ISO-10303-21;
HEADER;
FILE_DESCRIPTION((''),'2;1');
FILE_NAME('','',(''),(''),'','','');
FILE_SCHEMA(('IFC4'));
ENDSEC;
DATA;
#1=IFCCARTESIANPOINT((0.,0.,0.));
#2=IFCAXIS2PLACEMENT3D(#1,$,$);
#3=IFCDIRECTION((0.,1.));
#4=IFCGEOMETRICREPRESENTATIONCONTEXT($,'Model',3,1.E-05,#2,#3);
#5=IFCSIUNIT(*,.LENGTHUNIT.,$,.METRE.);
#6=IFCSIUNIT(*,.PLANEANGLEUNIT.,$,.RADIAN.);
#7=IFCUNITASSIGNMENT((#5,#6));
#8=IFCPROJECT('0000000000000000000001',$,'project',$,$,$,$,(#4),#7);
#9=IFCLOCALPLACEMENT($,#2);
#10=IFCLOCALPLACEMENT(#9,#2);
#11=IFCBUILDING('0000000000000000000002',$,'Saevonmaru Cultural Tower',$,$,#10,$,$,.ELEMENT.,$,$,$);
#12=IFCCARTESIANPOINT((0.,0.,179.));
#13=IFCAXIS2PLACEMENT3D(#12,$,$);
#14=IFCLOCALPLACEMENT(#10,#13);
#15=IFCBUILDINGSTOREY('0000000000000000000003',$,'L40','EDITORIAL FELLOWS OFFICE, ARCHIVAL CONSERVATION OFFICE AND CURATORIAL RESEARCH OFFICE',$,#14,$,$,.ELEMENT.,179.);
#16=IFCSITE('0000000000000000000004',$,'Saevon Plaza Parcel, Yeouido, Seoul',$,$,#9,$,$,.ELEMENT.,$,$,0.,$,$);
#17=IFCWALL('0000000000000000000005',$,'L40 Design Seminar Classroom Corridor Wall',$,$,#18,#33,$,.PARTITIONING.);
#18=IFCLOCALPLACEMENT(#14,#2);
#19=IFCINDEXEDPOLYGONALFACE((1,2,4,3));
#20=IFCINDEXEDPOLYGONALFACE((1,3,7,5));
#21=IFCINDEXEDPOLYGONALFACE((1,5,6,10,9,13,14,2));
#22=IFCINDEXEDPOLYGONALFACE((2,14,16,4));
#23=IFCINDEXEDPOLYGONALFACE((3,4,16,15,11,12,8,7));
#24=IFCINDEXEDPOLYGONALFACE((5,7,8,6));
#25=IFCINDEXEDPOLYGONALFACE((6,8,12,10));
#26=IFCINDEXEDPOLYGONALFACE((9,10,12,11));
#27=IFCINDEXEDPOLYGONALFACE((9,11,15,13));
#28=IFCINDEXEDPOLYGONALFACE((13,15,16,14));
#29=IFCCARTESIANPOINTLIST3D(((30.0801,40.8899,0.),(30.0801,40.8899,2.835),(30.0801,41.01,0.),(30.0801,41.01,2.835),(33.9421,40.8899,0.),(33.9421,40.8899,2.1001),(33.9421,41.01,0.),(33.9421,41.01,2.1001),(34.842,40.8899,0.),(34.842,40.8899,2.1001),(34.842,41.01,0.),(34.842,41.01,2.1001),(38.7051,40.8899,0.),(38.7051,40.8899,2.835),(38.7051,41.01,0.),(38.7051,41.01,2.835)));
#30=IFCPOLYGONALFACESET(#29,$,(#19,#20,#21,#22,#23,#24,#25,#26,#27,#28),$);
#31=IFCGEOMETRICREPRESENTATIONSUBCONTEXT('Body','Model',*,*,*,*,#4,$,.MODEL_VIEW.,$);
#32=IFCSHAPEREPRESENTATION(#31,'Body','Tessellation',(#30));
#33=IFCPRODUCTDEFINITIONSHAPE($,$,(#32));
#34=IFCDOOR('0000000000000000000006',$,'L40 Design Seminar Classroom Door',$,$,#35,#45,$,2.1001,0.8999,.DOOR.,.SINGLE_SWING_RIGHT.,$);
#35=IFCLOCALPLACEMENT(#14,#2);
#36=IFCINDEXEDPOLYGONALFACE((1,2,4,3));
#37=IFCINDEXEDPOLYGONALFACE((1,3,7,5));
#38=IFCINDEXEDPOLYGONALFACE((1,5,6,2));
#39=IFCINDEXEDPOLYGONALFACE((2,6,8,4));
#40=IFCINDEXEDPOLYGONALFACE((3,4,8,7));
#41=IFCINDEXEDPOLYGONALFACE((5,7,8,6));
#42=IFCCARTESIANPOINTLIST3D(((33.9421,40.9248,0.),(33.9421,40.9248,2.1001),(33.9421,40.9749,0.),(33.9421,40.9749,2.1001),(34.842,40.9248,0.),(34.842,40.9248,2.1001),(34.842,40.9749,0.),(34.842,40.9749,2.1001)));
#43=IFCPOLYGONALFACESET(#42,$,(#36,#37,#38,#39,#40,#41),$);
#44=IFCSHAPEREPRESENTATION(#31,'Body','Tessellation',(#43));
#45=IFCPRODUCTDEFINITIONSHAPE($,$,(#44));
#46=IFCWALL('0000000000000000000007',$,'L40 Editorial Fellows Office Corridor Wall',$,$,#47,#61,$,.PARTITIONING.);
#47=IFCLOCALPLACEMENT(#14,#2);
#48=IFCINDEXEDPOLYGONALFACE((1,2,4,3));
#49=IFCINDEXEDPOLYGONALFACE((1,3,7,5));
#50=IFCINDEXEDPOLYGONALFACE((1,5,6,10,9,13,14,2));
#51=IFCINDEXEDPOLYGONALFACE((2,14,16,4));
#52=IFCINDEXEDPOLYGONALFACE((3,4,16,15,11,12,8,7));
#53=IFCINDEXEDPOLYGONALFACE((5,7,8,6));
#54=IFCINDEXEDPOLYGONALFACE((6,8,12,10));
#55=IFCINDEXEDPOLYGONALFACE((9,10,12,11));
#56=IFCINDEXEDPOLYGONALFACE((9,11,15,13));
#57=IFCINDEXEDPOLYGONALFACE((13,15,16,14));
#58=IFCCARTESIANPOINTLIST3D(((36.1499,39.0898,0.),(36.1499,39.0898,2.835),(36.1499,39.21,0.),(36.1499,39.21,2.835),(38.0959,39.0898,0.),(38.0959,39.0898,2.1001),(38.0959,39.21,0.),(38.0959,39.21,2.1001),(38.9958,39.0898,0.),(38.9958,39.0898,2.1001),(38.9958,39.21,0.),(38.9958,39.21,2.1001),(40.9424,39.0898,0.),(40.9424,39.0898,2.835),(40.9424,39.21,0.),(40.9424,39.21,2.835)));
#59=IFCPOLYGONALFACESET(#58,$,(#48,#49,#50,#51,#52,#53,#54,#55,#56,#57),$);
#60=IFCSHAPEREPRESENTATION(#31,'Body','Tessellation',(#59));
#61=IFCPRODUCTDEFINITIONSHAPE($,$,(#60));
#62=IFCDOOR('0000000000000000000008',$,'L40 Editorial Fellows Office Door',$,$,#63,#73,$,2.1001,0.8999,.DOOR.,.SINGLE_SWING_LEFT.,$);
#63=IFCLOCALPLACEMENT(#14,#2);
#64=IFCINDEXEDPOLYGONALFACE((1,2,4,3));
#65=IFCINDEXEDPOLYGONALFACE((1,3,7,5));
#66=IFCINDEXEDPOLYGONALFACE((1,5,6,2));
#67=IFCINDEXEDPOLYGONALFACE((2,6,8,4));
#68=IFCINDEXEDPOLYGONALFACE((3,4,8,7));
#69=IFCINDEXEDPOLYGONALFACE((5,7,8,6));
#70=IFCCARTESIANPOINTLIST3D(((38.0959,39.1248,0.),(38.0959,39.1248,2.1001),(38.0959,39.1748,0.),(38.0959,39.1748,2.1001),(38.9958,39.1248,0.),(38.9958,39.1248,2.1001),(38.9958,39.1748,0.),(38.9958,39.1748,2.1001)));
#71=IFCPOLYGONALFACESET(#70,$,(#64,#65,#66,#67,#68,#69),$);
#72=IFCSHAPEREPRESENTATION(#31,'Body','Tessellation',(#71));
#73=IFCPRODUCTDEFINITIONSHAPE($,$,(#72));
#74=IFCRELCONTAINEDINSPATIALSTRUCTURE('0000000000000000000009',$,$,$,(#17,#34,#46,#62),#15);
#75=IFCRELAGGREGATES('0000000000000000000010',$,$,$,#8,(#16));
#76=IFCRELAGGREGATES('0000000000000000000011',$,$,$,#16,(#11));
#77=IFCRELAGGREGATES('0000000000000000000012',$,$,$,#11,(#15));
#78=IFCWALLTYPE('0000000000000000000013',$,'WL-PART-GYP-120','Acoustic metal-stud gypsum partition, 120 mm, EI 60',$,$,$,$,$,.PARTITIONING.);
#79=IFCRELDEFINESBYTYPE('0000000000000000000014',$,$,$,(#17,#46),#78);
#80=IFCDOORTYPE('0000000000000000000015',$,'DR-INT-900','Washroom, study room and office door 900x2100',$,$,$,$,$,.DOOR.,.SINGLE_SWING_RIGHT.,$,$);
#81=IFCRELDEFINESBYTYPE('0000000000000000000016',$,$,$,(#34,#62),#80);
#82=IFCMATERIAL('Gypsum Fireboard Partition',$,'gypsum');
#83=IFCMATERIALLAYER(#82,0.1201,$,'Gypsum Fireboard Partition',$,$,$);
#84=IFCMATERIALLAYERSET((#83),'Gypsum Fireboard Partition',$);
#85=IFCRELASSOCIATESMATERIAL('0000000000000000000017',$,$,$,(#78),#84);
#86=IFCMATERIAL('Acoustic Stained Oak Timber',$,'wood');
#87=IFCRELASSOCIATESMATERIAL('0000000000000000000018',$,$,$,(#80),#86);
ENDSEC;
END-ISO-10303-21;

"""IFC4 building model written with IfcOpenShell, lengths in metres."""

from ifc_helpers import new_model, si_unit, direction, frame, frame_2d, origin, place, context, subcontext, project, spatial, rectangle, extrude, material, layer, layer_set, type_object, element, fill, save


model = new_model("IFC4")

# Units and contexts
model_context = context("Model", 3, precision=1e-05, world=origin(), true_north=direction((0.0, 1.0)))
body_context = subcontext(model_context, "Body", "Model", "MODEL_VIEW")
ifc_project = project(units=[si_unit("LENGTHUNIT", "METRE"), si_unit("PLANEANGLEUNIT", "RADIAN")], contexts=[model_context])

# Site, building, storey
site_placement = place(None, origin())
site = spatial("IfcSite", under=ifc_project, at=site_placement, Name="Saevon Plaza Parcel, Yeouido, Seoul", CompositionType="ELEMENT", RefElevation=0.0)
building_placement = place(site_placement, origin())
building = spatial("IfcBuilding", under=site, at=building_placement, Name="Saevonmaru Cultural Tower", CompositionType="ELEMENT")
storey_placement = place(building_placement, frame((0.0, 0.0, 179.0)))
storey = spatial("IfcBuildingStorey", under=building, at=storey_placement, Name="L40", Description="EDITORIAL FELLOWS OFFICE, ARCHIVAL CONSERVATION OFFICE AND CURATORIAL RESEARCH OFFICE", CompositionType="ELEMENT", Elevation=179.0)

# Shared definitions
ifc_material_1 = material(Name="Gypsum Fireboard Partition", Category="gypsum")
ifc_layer_1 = layer(ifc_material_1, 0.1201, Name="Gypsum Fireboard Partition")
ifc_layer_set_1 = layer_set([ifc_layer_1], Name="Gypsum Fireboard Partition")
wall_type_1 = type_object("IfcWallType", Name="WL-PART-GYP-120", Description="Acoustic metal-stud gypsum partition, 120 mm, EI 60", PredefinedType="PARTITIONING", material=ifc_layer_set_1)

# Walls, openings, doors
wall_1_placement = place(storey_placement, frame((30.0801, 40.95, 0.0), z_axis=(0.0, 0.0, 1.0), x_axis=(1.0, 0.0, 0.0)))
wall_1 = element("IfcWall", 1, at=wall_1_placement, inside=storey, type_object=wall_type_1, Name="L40 Design Seminar Classroom Corridor Wall", PredefinedType="PARTITIONING", context=body_context, shape_type="SweptSolid", body=[
    extrude(rectangle(XDim=8.625, YDim=0.1201, at=frame_2d((4.3125, 0.0))), origin(), (0.0, 0.0, 1.0), 2.835),
])
opening_1_placement = place(wall_1_placement, frame((3.8621, 0.0, 0.0)))
opening_1 = element("IfcOpeningElement", 2, at=opening_1_placement, cuts=wall_1, PredefinedType="OPENING", context=body_context, shape_type="SweptSolid", body=[
    extrude(rectangle(XDim=0.8999, YDim=2.1001, at=frame_2d((0.45, 1.05))), frame((0.0, 0.0701, 0.0), z_axis=(0.0, -1.0, 0.0), x_axis=(1.0, 0.0, 0.0)), (0.0, 0.0, 1.0), 0.1401),
])
ifc_material_2 = material(Name="Acoustic Stained Oak Timber", Category="wood")
door_type = type_object("IfcDoorType", Name="DR-INT-900", Description="Washroom, study room and office door 900x2100", OperationType="SINGLE_SWING_RIGHT", PredefinedType="DOOR", material=ifc_material_2)
door_1_placement = place(opening_1_placement, origin())
door_1 = element("IfcDoor", 3, at=door_1_placement, inside=storey, type_object=door_type, Name="L40 Design Seminar Classroom Door", OperationType="SINGLE_SWING_RIGHT", OverallHeight=2.1001, OverallWidth=0.8999, PredefinedType="DOOR", context=body_context, shape_type="SweptSolid", body=[
    extrude(rectangle(XDim=0.8999, YDim=2.1001, at=frame_2d((0.45, 1.05))), frame((0.0, 0.0249, 0.0), z_axis=(0.0, -1.0, 0.0), x_axis=(1.0, 0.0, 0.0)), (0.0, 0.0, 1.0), 0.05),
])
fill(opening_1, door_1)
wall_2_placement = place(storey_placement, frame((36.1499, 39.1499, 0.0), z_axis=(0.0, 0.0, 1.0), x_axis=(1.0, 0.0, 0.0)))
wall_2 = element("IfcWall", 4, at=wall_2_placement, inside=storey, type_object=wall_type_1, Name="L40 Editorial Fellows Office Corridor Wall", PredefinedType="PARTITIONING", context=body_context, shape_type="SweptSolid", body=[
    extrude(rectangle(XDim=4.7925, YDim=0.1201, at=frame_2d((2.3962, 0.0))), origin(), (0.0, 0.0, 1.0), 2.835),
])
opening_2_placement = place(wall_2_placement, frame((1.946, 0.0, 0.0)))
opening_2 = element("IfcOpeningElement", 5, at=opening_2_placement, cuts=wall_2, PredefinedType="OPENING", context=body_context, shape_type="SweptSolid", body=[
    extrude(rectangle(XDim=0.8999, YDim=2.1001, at=frame_2d((0.45, 1.05))), frame((0.0, 0.0701, 0.0), z_axis=(0.0, -1.0, 0.0), x_axis=(1.0, 0.0, 0.0)), (0.0, 0.0, 1.0), 0.1401),
])
door_2_placement = place(opening_2_placement, origin())
door_2 = element("IfcDoor", 6, at=door_2_placement, inside=storey, type_object=door_type, Name="L40 Editorial Fellows Office Door", OperationType="SINGLE_SWING_LEFT", OverallHeight=2.1001, OverallWidth=0.8999, PredefinedType="DOOR", context=body_context, shape_type="SweptSolid", body=[
    extrude(rectangle(XDim=0.8999, YDim=2.1001, at=frame_2d((0.45, 1.05))), frame((0.0, 0.0249, 0.0), z_axis=(0.0, -1.0, 0.0), x_axis=(1.0, 0.0, 0.0)), (0.0, 0.0, 1.0), 0.05),
])
fill(opening_2, door_2)

save(model, "model.ifc")
